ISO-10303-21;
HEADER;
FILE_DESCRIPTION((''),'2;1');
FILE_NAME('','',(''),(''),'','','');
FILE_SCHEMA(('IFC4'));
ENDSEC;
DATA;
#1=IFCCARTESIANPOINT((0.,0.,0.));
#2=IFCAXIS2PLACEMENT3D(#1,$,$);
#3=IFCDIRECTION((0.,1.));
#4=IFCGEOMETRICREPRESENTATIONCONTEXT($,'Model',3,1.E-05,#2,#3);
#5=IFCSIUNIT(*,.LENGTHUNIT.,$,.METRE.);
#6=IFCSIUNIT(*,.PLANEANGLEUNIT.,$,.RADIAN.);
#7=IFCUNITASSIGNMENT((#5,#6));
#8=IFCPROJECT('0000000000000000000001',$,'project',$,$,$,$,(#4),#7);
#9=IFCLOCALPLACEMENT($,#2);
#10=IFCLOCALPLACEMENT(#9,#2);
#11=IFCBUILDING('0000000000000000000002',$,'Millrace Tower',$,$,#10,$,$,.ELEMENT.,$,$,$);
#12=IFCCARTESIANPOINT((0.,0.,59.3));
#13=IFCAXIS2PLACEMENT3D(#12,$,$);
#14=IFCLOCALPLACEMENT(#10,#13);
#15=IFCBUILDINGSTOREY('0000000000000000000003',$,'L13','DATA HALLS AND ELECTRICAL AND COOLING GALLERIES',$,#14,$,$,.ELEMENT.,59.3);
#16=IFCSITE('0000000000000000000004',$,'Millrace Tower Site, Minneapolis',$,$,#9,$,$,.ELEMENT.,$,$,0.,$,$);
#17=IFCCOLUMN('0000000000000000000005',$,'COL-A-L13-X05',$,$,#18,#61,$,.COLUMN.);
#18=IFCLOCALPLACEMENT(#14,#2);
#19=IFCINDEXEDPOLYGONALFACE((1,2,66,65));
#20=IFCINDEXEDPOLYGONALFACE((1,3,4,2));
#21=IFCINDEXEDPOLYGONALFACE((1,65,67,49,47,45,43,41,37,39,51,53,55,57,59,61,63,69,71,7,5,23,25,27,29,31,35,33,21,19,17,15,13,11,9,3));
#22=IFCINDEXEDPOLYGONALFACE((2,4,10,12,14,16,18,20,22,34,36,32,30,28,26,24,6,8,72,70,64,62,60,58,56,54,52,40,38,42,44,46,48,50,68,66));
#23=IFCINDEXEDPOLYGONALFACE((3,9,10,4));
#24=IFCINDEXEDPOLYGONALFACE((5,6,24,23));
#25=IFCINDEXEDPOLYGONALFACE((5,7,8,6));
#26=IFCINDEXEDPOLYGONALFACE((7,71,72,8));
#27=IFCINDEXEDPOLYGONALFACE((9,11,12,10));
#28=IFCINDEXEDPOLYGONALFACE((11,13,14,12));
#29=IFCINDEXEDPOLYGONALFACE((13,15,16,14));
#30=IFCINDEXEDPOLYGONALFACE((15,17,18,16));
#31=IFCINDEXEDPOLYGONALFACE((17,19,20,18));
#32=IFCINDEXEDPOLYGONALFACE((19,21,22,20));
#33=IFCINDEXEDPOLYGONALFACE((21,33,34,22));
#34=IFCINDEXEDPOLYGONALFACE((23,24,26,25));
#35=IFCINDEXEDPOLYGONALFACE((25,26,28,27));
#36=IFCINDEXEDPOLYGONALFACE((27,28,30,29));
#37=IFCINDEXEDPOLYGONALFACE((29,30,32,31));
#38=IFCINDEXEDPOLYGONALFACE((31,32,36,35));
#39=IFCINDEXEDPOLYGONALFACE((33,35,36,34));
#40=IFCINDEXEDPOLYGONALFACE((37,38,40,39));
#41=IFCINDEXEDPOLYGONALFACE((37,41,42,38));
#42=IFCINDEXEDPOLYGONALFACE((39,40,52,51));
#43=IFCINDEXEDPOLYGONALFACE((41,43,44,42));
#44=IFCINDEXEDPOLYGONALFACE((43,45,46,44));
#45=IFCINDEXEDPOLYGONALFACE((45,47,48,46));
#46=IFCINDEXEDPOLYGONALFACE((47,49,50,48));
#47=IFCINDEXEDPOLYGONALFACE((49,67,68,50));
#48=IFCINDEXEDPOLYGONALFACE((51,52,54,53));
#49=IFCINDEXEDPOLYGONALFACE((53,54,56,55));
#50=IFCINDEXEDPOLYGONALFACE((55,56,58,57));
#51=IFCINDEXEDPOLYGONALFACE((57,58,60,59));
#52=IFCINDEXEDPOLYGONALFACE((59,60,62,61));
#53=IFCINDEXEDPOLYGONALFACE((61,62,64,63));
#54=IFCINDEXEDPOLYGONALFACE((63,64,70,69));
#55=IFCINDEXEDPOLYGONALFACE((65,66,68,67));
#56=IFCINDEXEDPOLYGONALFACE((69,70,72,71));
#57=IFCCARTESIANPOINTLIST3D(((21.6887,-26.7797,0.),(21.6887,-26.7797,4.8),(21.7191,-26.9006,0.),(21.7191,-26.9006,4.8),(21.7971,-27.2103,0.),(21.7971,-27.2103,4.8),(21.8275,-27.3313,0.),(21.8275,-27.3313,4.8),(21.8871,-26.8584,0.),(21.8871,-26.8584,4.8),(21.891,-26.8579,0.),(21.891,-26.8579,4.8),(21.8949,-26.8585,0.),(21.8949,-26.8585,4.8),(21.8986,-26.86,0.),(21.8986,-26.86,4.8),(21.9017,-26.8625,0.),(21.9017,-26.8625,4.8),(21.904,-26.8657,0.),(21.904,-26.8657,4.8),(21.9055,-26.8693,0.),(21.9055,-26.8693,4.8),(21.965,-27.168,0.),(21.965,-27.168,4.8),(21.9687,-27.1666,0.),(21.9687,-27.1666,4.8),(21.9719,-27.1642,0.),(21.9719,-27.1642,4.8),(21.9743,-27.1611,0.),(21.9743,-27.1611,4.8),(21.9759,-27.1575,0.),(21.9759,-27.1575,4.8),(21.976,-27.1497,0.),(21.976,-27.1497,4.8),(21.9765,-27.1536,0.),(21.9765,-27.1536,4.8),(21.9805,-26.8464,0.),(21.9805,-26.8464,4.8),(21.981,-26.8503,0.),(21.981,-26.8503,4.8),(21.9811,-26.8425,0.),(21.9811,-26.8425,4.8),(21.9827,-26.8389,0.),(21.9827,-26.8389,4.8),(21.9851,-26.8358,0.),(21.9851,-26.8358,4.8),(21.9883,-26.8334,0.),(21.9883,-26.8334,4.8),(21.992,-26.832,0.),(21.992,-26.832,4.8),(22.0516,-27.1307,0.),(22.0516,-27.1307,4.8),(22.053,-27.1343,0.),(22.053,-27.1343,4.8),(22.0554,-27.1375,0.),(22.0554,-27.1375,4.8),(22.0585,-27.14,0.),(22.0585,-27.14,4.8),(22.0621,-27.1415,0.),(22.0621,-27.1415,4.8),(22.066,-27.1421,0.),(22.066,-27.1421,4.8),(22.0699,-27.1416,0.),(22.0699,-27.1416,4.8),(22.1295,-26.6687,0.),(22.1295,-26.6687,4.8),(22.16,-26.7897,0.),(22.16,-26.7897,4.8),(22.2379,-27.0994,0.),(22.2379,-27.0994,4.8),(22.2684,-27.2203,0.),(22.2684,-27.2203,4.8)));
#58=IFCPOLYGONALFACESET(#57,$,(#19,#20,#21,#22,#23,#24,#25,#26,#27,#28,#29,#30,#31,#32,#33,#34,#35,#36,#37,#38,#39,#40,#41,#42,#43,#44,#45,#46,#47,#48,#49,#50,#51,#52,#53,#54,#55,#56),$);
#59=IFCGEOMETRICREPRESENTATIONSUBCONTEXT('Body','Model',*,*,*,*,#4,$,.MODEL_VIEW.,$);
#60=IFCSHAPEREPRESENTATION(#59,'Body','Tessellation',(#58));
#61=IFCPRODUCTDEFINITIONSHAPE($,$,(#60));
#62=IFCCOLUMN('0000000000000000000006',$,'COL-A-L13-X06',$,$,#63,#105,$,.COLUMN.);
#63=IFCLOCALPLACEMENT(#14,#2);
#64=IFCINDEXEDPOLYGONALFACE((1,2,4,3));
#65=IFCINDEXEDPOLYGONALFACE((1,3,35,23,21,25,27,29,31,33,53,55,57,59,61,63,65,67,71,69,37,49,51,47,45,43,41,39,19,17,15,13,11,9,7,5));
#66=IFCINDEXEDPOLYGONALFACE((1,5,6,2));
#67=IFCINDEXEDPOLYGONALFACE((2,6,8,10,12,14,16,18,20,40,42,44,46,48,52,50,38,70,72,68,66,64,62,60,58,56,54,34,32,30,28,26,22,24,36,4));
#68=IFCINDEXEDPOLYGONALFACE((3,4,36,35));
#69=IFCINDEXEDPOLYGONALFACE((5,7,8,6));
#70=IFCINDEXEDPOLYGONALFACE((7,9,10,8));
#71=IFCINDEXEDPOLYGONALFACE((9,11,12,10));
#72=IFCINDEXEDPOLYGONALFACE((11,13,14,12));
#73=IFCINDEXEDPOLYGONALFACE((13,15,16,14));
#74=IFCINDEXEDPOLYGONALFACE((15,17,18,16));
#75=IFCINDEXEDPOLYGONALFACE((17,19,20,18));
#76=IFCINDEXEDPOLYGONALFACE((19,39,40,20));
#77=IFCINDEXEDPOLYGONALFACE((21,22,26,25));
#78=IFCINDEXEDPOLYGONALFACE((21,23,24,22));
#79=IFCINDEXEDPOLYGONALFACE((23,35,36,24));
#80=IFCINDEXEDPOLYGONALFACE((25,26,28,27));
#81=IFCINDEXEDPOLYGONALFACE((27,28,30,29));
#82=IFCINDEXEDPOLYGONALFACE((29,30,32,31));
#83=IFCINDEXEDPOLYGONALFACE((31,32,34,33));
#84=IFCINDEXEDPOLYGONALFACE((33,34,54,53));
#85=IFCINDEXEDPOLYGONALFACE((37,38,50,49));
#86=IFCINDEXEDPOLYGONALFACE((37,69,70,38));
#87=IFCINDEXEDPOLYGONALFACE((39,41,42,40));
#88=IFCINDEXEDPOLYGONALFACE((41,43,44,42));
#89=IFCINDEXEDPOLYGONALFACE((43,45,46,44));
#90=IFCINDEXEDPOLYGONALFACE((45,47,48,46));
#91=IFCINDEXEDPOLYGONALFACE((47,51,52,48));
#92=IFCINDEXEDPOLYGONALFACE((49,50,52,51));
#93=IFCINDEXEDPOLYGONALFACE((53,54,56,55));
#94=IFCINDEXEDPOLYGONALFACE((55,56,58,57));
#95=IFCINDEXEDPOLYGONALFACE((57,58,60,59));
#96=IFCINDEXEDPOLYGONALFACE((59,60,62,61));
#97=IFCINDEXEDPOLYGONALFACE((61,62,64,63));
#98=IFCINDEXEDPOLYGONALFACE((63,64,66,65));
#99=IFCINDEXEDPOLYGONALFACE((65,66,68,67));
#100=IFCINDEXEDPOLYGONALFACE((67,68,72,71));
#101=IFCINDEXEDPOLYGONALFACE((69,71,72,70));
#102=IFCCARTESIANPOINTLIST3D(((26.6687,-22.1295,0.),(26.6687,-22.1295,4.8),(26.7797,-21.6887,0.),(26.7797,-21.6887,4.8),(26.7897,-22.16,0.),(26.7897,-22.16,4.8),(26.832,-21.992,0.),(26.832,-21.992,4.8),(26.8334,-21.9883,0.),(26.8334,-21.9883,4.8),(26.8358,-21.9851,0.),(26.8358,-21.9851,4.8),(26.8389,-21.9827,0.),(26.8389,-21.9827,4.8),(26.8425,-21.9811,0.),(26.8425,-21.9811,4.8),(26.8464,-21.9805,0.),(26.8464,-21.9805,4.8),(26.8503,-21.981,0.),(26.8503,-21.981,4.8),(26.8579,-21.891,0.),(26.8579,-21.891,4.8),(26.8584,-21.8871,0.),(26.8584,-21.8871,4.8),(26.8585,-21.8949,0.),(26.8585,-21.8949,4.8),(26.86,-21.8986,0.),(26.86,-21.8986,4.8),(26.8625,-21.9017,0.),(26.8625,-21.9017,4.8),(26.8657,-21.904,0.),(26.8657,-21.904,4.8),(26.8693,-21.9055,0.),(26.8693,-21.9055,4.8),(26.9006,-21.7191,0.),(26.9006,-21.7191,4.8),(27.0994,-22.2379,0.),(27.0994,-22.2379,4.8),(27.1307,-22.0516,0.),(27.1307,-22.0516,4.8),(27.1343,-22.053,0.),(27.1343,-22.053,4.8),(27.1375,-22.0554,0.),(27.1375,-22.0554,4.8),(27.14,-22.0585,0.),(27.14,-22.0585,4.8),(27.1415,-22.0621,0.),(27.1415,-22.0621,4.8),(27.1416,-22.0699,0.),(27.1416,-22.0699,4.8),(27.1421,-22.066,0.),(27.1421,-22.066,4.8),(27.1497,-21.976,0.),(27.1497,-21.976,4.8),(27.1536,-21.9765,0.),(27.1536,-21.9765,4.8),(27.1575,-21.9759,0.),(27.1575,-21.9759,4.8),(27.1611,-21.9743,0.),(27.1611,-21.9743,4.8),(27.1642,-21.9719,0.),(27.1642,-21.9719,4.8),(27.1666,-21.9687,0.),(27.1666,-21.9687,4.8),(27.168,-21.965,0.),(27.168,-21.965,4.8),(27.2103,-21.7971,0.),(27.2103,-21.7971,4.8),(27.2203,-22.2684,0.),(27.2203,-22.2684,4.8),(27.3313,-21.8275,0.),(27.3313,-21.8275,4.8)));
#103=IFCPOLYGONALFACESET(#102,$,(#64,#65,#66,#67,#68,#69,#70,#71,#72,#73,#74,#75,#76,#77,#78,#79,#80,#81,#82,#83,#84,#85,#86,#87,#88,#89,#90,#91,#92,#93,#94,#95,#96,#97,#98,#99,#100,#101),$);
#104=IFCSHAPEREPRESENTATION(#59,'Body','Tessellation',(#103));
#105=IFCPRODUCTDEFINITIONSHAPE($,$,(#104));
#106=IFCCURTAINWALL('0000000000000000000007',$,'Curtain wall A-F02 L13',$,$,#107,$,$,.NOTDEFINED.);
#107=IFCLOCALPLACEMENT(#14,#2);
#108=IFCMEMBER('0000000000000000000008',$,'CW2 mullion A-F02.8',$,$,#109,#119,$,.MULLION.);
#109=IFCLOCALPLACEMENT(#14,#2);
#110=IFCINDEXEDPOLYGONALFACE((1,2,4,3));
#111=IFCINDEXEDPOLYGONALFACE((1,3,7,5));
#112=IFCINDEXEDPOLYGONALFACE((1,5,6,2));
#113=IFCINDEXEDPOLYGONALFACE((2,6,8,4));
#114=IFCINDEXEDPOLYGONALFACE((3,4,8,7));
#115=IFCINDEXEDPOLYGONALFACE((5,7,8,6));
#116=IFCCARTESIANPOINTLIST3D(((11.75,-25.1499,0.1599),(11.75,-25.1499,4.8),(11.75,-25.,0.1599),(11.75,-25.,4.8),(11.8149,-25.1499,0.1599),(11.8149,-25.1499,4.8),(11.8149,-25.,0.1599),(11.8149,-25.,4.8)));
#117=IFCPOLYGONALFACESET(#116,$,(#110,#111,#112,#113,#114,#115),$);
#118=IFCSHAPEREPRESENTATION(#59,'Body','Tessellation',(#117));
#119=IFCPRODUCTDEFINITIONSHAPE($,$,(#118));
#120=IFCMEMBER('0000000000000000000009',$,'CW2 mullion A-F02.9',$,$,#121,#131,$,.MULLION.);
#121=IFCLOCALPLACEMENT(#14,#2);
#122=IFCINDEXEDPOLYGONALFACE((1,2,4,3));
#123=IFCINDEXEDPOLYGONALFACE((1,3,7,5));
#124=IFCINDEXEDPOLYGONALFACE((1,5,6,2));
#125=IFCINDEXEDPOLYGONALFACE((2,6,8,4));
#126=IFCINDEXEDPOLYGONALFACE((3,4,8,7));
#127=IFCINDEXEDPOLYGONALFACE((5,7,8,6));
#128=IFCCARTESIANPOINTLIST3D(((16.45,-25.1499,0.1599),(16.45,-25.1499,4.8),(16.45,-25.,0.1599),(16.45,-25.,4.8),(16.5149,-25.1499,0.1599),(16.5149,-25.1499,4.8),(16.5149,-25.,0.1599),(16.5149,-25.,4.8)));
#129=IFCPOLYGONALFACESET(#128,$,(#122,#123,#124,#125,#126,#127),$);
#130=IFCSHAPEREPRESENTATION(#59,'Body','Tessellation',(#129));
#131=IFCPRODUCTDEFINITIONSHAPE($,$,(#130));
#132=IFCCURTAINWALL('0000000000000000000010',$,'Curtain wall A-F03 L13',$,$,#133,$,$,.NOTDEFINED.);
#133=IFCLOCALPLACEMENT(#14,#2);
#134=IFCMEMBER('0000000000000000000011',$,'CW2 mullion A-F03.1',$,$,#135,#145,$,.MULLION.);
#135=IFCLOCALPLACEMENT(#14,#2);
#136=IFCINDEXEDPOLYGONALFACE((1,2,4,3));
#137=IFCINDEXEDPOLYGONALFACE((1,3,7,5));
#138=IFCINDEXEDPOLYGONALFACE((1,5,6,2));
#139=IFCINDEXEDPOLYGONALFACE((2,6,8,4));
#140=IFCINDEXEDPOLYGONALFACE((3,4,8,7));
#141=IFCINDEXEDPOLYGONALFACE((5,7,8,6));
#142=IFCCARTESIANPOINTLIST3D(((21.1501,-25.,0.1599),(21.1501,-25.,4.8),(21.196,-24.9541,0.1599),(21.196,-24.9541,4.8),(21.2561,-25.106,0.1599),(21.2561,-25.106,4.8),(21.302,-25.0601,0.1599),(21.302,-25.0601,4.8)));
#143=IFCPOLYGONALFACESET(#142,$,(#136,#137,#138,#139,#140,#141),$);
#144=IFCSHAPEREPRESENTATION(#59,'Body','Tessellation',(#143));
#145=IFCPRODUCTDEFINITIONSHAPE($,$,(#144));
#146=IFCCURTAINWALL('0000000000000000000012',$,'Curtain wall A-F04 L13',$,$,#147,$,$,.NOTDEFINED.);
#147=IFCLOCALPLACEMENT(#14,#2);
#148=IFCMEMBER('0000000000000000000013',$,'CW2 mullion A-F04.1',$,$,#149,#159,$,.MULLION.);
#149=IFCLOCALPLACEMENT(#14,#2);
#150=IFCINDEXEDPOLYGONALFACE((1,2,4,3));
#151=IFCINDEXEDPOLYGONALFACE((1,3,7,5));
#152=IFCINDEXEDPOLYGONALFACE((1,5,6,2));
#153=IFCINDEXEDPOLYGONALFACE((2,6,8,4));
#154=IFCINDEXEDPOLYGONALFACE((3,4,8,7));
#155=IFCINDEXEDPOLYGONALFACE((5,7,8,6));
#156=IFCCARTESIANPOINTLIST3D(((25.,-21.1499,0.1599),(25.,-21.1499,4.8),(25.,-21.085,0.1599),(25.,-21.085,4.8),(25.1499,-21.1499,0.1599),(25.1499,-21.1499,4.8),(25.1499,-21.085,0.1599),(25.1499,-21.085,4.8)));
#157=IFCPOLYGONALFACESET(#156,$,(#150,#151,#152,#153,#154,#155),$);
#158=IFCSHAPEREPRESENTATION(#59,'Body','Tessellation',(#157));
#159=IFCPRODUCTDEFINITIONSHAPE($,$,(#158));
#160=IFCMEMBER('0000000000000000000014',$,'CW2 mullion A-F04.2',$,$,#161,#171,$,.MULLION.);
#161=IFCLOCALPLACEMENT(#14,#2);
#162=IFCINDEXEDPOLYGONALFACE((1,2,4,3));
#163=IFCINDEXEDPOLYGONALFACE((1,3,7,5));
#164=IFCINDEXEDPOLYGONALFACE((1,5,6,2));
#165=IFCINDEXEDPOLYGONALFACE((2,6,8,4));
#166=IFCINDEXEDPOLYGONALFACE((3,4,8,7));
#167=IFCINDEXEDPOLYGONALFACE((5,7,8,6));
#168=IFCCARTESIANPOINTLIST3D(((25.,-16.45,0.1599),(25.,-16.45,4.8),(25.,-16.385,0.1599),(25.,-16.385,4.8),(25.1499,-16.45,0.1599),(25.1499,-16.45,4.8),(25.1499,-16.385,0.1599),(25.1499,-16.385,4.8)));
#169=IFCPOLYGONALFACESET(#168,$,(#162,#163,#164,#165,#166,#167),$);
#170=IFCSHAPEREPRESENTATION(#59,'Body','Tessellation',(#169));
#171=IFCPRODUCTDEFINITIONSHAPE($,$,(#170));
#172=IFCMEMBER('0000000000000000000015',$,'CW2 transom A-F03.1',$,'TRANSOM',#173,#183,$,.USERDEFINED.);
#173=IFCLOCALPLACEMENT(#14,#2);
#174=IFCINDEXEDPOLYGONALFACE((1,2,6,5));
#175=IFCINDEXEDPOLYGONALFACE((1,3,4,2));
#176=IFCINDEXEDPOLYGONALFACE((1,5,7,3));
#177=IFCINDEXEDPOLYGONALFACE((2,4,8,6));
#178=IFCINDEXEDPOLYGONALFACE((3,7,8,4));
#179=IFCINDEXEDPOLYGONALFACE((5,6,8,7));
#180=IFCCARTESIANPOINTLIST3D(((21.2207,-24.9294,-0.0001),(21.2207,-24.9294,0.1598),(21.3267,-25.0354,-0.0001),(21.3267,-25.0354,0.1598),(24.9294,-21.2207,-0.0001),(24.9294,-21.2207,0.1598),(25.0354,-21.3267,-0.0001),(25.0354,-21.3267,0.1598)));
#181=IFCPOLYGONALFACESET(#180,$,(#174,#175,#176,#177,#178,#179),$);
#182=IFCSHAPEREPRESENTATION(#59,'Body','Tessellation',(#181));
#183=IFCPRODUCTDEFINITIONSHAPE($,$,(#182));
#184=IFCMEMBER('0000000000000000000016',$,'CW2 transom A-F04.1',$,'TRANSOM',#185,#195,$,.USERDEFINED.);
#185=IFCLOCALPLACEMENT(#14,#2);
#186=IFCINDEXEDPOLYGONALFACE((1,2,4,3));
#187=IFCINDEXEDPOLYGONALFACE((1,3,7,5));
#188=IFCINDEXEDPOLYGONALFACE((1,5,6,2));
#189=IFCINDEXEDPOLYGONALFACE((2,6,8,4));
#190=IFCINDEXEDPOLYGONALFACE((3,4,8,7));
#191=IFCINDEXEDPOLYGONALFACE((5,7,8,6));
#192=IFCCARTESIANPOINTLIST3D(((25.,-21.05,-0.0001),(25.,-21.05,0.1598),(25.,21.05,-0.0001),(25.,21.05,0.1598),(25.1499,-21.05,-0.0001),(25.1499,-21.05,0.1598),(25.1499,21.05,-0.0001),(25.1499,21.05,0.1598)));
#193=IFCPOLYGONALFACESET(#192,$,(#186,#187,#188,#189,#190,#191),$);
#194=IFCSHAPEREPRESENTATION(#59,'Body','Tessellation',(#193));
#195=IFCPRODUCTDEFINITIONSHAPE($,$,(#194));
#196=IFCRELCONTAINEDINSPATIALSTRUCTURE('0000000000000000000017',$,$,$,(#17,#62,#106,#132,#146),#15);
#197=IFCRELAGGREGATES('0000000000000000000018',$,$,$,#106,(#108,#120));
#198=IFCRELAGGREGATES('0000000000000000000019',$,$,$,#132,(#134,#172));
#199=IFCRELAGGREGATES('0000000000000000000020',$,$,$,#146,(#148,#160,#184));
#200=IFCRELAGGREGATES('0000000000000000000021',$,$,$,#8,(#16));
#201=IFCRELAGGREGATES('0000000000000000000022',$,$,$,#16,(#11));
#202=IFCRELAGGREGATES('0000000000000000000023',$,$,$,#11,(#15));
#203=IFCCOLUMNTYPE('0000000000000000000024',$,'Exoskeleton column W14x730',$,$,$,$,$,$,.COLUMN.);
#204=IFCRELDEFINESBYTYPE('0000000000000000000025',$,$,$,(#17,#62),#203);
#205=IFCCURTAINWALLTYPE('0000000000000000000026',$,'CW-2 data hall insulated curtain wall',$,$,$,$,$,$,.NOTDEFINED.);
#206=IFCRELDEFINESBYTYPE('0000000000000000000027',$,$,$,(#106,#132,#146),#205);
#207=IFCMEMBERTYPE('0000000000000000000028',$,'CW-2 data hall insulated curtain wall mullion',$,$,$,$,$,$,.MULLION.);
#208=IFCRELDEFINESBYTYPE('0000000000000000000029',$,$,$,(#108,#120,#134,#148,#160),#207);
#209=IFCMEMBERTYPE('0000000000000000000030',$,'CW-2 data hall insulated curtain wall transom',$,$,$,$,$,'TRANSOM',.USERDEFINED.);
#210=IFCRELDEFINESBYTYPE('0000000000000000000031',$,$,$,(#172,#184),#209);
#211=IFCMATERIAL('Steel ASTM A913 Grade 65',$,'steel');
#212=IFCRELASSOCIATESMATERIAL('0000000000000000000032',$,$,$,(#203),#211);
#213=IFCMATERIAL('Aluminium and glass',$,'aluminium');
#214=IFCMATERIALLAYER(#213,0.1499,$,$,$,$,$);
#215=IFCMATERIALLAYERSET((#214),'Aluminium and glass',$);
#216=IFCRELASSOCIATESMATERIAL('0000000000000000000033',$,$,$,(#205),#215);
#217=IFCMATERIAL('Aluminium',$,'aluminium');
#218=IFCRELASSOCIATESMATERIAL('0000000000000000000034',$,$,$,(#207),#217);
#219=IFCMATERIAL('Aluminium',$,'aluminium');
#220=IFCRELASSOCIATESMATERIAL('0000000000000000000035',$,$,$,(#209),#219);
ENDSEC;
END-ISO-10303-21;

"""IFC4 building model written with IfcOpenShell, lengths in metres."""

from ifc_helpers import new_model, si_unit, direction, frame, origin, origin_2d, place, context, subcontext, project, spatial, rectangle, i_section, extrude, material, layer, layer_set, material_profile, profile_set, type_object, element, aggregate, save


model = new_model("IFC4")

# Units and contexts
model_context = context("Model", 3, precision=1e-05, world=origin(), true_north=direction((0.0, 1.0)))
body_context = subcontext(model_context, "Body", "Model", "MODEL_VIEW")
ifc_project = project(units=[si_unit("LENGTHUNIT", "METRE"), si_unit("PLANEANGLEUNIT", "RADIAN")], contexts=[model_context])

# Site, building, storey
site_placement = place(None, origin())
site = spatial("IfcSite", under=ifc_project, at=site_placement, Name="Millrace Tower Site, Minneapolis", CompositionType="ELEMENT", RefElevation=0.0)
building_placement = place(site_placement, origin())
building = spatial("IfcBuilding", under=site, at=building_placement, Name="Millrace Tower", CompositionType="ELEMENT")
storey_placement = place(building_placement, frame((0.0, 0.0, 59.3)))
storey = spatial("IfcBuildingStorey", under=building, at=storey_placement, Name="L13", Description="DATA HALLS AND ELECTRICAL AND COOLING GALLERIES", CompositionType="ELEMENT", Elevation=59.3)

# Columns
ifc_material_1 = material(Name="Steel ASTM A913 Grade 65", Category="steel")
ifc_material_profile_1 = material_profile(ifc_material_1, i_section(OverallWidth=0.4546, OverallDepth=0.5688, WebThickness=0.0779, FlangeThickness=0.1248, FilletRadius=0.0151, at=origin_2d()))
ifc_profile_set_1 = profile_set([ifc_material_profile_1], Name="Steel ASTM A913 Grade 65")
column_type = type_object("IfcColumnType", Name="Exoskeleton column W14x730", PredefinedType="COLUMN", material=ifc_profile_set_1)
for number, where, z_axis, x_axis, name in (
    (1, (21.9785, -27.0, 0.0), (0.0, 0.0, 1.0), (0.969752, 0.244094, 0.0), "COL-A-L13-X05"),
    (2, (27.0, -21.9785, 0.0), (0.0, 0.0, 1.0), (0.244094, 0.969752, 0.0), "COL-A-L13-X06"),
):
    element("IfcColumn", number, at=place(storey_placement, frame(where, z_axis=z_axis, x_axis=x_axis)), inside=storey, type_object=column_type, Name=name, PredefinedType="COLUMN", context=body_context, shape_type="SweptSolid", body=[
        extrude(i_section(OverallWidth=0.4546, OverallDepth=0.5688, WebThickness=0.0779, FlangeThickness=0.1248, FilletRadius=0.0151, at=origin_2d()), origin(), (0.0, 0.0, 1.0), 4.8),
    ])

# Curtain wall, members
ifc_material_2 = material(Name="Aluminium and glass", Category="aluminium")
ifc_layer_1 = layer(ifc_material_2, 0.1499)
ifc_layer_set_1 = layer_set([ifc_layer_1], Name="Aluminium and glass")
curtain_wall_type = type_object("IfcCurtainWallType", Name="CW-2 data hall insulated curtain wall", PredefinedType="NOTDEFINED", material=ifc_layer_set_1)
placement = place(storey_placement, origin())
curtain_wall_1 = element("IfcCurtainWall", 3, at=placement, inside=storey, type_object=curtain_wall_type, Name="Curtain wall A-F02 L13", PredefinedType="NOTDEFINED")
ifc_material_3 = material(Name="Aluminium", Category="aluminium")
ifc_material_profile_2 = material_profile(ifc_material_3, rectangle(XDim=0.0649, YDim=0.1499, at=origin_2d()))
ifc_profile_set_2 = profile_set([ifc_material_profile_2], Name="Aluminium")
member_type_1 = type_object("IfcMemberType", Name="CW-2 data hall insulated curtain wall mullion", PredefinedType="MULLION", material=ifc_profile_set_2)
member_1_placement = place(storey_placement, frame((11.7825, -25.075, 0.1599), z_axis=(0.0, 0.0, 1.0), x_axis=(1.0, 0.0, 0.0)))
member_1 = element("IfcMember", 4, at=member_1_placement, type_object=member_type_1, Name="CW2 mullion A-F02.8", PredefinedType="MULLION", context=body_context, shape_type="SweptSolid", body=[
    extrude(rectangle(XDim=0.0649, YDim=0.1499, at=origin_2d()), origin(), (0.0, 0.0, 1.0), 4.6401),
])
member_2_placement = place(storey_placement, frame((16.4824, -25.075, 0.1599), z_axis=(0.0, 0.0, 1.0), x_axis=(1.0, 0.0, 0.0)))
member_2 = element("IfcMember", 5, at=member_2_placement, type_object=member_type_1, Name="CW2 mullion A-F02.9", PredefinedType="MULLION", context=body_context, shape_type="SweptSolid", body=[
    extrude(rectangle(XDim=0.0649, YDim=0.1499, at=origin_2d()), origin(), (0.0, 0.0, 1.0), 4.6401),
])
aggregate(curtain_wall_1, [member_1, member_2])

# Curtain wall, member
curtain_wall_2 = element("IfcCurtainWall", 6, at=placement, inside=storey, type_object=curtain_wall_type, Name="Curtain wall A-F03 L13", PredefinedType="NOTDEFINED")
member_3_placement = place(storey_placement, frame((21.2261, -25.03, 0.1599), z_axis=(0.0, 0.0, 1.0), x_axis=(0.707107, 0.707107, 0.0)))
member_3 = element("IfcMember", 7, at=member_3_placement, type_object=member_type_1, Name="CW2 mullion A-F03.1", PredefinedType="MULLION", context=body_context, shape_type="SweptSolid", body=[
    extrude(rectangle(XDim=0.0649, YDim=0.1499, at=origin_2d()), origin(), (0.0, 0.0, 1.0), 4.6401),
])

# Curtain wall, members
curtain_wall_3 = element("IfcCurtainWall", 8, at=placement, inside=storey, type_object=curtain_wall_type, Name="Curtain wall A-F04 L13", PredefinedType="NOTDEFINED")
member_4_placement = place(storey_placement, frame((25.075, -21.1174, 0.1599), z_axis=(0.0, 0.0, 1.0), x_axis=(0.0, 1.0, 0.0)))
member_4 = element("IfcMember", 9, at=member_4_placement, type_object=member_type_1, Name="CW2 mullion A-F04.1", PredefinedType="MULLION", context=body_context, shape_type="SweptSolid", body=[
    extrude(rectangle(XDim=0.0649, YDim=0.1499, at=origin_2d()), origin(), (0.0, 0.0, 1.0), 4.6401),
])
member_5_placement = place(storey_placement, frame((25.075, -16.4175, 0.1599), z_axis=(0.0, 0.0, 1.0), x_axis=(0.0, 1.0, 0.0)))
member_5 = element("IfcMember", 10, at=member_5_placement, type_object=member_type_1, Name="CW2 mullion A-F04.2", PredefinedType="MULLION", context=body_context, shape_type="SweptSolid", body=[
    extrude(rectangle(XDim=0.0649, YDim=0.1499, at=origin_2d()), origin(), (0.0, 0.0, 1.0), 4.6401),
])

# Members
ifc_material_4 = material(Name="Aluminium", Category="aluminium")
ifc_material_profile_3 = material_profile(ifc_material_4, rectangle(XDim=0.1499, YDim=0.1599, at=origin_2d()))
ifc_profile_set_3 = profile_set([ifc_material_profile_3], Name="Aluminium")
member_type_2 = type_object("IfcMemberType", Name="CW-2 data hall insulated curtain wall transom", ElementType="TRANSOM", PredefinedType="USERDEFINED", material=ifc_profile_set_3)
member_6_placement = place(storey_placement, frame((21.2737, -24.9824, 0.0798), z_axis=(0.707107, 0.707107, 0.0), x_axis=(-0.707107, 0.707107, 0.0)))
member_6 = element("IfcMember", 11, at=member_6_placement, type_object=member_type_2, Name="CW2 transom A-F03.1", ObjectType="TRANSOM", PredefinedType="USERDEFINED", context=body_context, shape_type="SweptSolid", body=[
    extrude(rectangle(XDim=0.1499, YDim=0.1599, at=origin_2d()), origin(), (0.0, 0.0, 1.0), 5.2449),
])
aggregate(curtain_wall_2, [member_3, member_6])
member_7_placement = place(storey_placement, frame((25.075, -21.05, 0.0798), z_axis=(0.0, 1.0, 0.0), x_axis=(-1.0, 0.0, 0.0)))
member_7 = element("IfcMember", 12, at=member_7_placement, type_object=member_type_2, Name="CW2 transom A-F04.1", ObjectType="TRANSOM", PredefinedType="USERDEFINED", context=body_context, shape_type="SweptSolid", body=[
    extrude(rectangle(XDim=0.1499, YDim=0.1599, at=origin_2d()), origin(), (0.0, 0.0, 1.0), 42.1001),
])
aggregate(curtain_wall_3, [member_4, member_5, member_7])

save(model, "model.ifc")
